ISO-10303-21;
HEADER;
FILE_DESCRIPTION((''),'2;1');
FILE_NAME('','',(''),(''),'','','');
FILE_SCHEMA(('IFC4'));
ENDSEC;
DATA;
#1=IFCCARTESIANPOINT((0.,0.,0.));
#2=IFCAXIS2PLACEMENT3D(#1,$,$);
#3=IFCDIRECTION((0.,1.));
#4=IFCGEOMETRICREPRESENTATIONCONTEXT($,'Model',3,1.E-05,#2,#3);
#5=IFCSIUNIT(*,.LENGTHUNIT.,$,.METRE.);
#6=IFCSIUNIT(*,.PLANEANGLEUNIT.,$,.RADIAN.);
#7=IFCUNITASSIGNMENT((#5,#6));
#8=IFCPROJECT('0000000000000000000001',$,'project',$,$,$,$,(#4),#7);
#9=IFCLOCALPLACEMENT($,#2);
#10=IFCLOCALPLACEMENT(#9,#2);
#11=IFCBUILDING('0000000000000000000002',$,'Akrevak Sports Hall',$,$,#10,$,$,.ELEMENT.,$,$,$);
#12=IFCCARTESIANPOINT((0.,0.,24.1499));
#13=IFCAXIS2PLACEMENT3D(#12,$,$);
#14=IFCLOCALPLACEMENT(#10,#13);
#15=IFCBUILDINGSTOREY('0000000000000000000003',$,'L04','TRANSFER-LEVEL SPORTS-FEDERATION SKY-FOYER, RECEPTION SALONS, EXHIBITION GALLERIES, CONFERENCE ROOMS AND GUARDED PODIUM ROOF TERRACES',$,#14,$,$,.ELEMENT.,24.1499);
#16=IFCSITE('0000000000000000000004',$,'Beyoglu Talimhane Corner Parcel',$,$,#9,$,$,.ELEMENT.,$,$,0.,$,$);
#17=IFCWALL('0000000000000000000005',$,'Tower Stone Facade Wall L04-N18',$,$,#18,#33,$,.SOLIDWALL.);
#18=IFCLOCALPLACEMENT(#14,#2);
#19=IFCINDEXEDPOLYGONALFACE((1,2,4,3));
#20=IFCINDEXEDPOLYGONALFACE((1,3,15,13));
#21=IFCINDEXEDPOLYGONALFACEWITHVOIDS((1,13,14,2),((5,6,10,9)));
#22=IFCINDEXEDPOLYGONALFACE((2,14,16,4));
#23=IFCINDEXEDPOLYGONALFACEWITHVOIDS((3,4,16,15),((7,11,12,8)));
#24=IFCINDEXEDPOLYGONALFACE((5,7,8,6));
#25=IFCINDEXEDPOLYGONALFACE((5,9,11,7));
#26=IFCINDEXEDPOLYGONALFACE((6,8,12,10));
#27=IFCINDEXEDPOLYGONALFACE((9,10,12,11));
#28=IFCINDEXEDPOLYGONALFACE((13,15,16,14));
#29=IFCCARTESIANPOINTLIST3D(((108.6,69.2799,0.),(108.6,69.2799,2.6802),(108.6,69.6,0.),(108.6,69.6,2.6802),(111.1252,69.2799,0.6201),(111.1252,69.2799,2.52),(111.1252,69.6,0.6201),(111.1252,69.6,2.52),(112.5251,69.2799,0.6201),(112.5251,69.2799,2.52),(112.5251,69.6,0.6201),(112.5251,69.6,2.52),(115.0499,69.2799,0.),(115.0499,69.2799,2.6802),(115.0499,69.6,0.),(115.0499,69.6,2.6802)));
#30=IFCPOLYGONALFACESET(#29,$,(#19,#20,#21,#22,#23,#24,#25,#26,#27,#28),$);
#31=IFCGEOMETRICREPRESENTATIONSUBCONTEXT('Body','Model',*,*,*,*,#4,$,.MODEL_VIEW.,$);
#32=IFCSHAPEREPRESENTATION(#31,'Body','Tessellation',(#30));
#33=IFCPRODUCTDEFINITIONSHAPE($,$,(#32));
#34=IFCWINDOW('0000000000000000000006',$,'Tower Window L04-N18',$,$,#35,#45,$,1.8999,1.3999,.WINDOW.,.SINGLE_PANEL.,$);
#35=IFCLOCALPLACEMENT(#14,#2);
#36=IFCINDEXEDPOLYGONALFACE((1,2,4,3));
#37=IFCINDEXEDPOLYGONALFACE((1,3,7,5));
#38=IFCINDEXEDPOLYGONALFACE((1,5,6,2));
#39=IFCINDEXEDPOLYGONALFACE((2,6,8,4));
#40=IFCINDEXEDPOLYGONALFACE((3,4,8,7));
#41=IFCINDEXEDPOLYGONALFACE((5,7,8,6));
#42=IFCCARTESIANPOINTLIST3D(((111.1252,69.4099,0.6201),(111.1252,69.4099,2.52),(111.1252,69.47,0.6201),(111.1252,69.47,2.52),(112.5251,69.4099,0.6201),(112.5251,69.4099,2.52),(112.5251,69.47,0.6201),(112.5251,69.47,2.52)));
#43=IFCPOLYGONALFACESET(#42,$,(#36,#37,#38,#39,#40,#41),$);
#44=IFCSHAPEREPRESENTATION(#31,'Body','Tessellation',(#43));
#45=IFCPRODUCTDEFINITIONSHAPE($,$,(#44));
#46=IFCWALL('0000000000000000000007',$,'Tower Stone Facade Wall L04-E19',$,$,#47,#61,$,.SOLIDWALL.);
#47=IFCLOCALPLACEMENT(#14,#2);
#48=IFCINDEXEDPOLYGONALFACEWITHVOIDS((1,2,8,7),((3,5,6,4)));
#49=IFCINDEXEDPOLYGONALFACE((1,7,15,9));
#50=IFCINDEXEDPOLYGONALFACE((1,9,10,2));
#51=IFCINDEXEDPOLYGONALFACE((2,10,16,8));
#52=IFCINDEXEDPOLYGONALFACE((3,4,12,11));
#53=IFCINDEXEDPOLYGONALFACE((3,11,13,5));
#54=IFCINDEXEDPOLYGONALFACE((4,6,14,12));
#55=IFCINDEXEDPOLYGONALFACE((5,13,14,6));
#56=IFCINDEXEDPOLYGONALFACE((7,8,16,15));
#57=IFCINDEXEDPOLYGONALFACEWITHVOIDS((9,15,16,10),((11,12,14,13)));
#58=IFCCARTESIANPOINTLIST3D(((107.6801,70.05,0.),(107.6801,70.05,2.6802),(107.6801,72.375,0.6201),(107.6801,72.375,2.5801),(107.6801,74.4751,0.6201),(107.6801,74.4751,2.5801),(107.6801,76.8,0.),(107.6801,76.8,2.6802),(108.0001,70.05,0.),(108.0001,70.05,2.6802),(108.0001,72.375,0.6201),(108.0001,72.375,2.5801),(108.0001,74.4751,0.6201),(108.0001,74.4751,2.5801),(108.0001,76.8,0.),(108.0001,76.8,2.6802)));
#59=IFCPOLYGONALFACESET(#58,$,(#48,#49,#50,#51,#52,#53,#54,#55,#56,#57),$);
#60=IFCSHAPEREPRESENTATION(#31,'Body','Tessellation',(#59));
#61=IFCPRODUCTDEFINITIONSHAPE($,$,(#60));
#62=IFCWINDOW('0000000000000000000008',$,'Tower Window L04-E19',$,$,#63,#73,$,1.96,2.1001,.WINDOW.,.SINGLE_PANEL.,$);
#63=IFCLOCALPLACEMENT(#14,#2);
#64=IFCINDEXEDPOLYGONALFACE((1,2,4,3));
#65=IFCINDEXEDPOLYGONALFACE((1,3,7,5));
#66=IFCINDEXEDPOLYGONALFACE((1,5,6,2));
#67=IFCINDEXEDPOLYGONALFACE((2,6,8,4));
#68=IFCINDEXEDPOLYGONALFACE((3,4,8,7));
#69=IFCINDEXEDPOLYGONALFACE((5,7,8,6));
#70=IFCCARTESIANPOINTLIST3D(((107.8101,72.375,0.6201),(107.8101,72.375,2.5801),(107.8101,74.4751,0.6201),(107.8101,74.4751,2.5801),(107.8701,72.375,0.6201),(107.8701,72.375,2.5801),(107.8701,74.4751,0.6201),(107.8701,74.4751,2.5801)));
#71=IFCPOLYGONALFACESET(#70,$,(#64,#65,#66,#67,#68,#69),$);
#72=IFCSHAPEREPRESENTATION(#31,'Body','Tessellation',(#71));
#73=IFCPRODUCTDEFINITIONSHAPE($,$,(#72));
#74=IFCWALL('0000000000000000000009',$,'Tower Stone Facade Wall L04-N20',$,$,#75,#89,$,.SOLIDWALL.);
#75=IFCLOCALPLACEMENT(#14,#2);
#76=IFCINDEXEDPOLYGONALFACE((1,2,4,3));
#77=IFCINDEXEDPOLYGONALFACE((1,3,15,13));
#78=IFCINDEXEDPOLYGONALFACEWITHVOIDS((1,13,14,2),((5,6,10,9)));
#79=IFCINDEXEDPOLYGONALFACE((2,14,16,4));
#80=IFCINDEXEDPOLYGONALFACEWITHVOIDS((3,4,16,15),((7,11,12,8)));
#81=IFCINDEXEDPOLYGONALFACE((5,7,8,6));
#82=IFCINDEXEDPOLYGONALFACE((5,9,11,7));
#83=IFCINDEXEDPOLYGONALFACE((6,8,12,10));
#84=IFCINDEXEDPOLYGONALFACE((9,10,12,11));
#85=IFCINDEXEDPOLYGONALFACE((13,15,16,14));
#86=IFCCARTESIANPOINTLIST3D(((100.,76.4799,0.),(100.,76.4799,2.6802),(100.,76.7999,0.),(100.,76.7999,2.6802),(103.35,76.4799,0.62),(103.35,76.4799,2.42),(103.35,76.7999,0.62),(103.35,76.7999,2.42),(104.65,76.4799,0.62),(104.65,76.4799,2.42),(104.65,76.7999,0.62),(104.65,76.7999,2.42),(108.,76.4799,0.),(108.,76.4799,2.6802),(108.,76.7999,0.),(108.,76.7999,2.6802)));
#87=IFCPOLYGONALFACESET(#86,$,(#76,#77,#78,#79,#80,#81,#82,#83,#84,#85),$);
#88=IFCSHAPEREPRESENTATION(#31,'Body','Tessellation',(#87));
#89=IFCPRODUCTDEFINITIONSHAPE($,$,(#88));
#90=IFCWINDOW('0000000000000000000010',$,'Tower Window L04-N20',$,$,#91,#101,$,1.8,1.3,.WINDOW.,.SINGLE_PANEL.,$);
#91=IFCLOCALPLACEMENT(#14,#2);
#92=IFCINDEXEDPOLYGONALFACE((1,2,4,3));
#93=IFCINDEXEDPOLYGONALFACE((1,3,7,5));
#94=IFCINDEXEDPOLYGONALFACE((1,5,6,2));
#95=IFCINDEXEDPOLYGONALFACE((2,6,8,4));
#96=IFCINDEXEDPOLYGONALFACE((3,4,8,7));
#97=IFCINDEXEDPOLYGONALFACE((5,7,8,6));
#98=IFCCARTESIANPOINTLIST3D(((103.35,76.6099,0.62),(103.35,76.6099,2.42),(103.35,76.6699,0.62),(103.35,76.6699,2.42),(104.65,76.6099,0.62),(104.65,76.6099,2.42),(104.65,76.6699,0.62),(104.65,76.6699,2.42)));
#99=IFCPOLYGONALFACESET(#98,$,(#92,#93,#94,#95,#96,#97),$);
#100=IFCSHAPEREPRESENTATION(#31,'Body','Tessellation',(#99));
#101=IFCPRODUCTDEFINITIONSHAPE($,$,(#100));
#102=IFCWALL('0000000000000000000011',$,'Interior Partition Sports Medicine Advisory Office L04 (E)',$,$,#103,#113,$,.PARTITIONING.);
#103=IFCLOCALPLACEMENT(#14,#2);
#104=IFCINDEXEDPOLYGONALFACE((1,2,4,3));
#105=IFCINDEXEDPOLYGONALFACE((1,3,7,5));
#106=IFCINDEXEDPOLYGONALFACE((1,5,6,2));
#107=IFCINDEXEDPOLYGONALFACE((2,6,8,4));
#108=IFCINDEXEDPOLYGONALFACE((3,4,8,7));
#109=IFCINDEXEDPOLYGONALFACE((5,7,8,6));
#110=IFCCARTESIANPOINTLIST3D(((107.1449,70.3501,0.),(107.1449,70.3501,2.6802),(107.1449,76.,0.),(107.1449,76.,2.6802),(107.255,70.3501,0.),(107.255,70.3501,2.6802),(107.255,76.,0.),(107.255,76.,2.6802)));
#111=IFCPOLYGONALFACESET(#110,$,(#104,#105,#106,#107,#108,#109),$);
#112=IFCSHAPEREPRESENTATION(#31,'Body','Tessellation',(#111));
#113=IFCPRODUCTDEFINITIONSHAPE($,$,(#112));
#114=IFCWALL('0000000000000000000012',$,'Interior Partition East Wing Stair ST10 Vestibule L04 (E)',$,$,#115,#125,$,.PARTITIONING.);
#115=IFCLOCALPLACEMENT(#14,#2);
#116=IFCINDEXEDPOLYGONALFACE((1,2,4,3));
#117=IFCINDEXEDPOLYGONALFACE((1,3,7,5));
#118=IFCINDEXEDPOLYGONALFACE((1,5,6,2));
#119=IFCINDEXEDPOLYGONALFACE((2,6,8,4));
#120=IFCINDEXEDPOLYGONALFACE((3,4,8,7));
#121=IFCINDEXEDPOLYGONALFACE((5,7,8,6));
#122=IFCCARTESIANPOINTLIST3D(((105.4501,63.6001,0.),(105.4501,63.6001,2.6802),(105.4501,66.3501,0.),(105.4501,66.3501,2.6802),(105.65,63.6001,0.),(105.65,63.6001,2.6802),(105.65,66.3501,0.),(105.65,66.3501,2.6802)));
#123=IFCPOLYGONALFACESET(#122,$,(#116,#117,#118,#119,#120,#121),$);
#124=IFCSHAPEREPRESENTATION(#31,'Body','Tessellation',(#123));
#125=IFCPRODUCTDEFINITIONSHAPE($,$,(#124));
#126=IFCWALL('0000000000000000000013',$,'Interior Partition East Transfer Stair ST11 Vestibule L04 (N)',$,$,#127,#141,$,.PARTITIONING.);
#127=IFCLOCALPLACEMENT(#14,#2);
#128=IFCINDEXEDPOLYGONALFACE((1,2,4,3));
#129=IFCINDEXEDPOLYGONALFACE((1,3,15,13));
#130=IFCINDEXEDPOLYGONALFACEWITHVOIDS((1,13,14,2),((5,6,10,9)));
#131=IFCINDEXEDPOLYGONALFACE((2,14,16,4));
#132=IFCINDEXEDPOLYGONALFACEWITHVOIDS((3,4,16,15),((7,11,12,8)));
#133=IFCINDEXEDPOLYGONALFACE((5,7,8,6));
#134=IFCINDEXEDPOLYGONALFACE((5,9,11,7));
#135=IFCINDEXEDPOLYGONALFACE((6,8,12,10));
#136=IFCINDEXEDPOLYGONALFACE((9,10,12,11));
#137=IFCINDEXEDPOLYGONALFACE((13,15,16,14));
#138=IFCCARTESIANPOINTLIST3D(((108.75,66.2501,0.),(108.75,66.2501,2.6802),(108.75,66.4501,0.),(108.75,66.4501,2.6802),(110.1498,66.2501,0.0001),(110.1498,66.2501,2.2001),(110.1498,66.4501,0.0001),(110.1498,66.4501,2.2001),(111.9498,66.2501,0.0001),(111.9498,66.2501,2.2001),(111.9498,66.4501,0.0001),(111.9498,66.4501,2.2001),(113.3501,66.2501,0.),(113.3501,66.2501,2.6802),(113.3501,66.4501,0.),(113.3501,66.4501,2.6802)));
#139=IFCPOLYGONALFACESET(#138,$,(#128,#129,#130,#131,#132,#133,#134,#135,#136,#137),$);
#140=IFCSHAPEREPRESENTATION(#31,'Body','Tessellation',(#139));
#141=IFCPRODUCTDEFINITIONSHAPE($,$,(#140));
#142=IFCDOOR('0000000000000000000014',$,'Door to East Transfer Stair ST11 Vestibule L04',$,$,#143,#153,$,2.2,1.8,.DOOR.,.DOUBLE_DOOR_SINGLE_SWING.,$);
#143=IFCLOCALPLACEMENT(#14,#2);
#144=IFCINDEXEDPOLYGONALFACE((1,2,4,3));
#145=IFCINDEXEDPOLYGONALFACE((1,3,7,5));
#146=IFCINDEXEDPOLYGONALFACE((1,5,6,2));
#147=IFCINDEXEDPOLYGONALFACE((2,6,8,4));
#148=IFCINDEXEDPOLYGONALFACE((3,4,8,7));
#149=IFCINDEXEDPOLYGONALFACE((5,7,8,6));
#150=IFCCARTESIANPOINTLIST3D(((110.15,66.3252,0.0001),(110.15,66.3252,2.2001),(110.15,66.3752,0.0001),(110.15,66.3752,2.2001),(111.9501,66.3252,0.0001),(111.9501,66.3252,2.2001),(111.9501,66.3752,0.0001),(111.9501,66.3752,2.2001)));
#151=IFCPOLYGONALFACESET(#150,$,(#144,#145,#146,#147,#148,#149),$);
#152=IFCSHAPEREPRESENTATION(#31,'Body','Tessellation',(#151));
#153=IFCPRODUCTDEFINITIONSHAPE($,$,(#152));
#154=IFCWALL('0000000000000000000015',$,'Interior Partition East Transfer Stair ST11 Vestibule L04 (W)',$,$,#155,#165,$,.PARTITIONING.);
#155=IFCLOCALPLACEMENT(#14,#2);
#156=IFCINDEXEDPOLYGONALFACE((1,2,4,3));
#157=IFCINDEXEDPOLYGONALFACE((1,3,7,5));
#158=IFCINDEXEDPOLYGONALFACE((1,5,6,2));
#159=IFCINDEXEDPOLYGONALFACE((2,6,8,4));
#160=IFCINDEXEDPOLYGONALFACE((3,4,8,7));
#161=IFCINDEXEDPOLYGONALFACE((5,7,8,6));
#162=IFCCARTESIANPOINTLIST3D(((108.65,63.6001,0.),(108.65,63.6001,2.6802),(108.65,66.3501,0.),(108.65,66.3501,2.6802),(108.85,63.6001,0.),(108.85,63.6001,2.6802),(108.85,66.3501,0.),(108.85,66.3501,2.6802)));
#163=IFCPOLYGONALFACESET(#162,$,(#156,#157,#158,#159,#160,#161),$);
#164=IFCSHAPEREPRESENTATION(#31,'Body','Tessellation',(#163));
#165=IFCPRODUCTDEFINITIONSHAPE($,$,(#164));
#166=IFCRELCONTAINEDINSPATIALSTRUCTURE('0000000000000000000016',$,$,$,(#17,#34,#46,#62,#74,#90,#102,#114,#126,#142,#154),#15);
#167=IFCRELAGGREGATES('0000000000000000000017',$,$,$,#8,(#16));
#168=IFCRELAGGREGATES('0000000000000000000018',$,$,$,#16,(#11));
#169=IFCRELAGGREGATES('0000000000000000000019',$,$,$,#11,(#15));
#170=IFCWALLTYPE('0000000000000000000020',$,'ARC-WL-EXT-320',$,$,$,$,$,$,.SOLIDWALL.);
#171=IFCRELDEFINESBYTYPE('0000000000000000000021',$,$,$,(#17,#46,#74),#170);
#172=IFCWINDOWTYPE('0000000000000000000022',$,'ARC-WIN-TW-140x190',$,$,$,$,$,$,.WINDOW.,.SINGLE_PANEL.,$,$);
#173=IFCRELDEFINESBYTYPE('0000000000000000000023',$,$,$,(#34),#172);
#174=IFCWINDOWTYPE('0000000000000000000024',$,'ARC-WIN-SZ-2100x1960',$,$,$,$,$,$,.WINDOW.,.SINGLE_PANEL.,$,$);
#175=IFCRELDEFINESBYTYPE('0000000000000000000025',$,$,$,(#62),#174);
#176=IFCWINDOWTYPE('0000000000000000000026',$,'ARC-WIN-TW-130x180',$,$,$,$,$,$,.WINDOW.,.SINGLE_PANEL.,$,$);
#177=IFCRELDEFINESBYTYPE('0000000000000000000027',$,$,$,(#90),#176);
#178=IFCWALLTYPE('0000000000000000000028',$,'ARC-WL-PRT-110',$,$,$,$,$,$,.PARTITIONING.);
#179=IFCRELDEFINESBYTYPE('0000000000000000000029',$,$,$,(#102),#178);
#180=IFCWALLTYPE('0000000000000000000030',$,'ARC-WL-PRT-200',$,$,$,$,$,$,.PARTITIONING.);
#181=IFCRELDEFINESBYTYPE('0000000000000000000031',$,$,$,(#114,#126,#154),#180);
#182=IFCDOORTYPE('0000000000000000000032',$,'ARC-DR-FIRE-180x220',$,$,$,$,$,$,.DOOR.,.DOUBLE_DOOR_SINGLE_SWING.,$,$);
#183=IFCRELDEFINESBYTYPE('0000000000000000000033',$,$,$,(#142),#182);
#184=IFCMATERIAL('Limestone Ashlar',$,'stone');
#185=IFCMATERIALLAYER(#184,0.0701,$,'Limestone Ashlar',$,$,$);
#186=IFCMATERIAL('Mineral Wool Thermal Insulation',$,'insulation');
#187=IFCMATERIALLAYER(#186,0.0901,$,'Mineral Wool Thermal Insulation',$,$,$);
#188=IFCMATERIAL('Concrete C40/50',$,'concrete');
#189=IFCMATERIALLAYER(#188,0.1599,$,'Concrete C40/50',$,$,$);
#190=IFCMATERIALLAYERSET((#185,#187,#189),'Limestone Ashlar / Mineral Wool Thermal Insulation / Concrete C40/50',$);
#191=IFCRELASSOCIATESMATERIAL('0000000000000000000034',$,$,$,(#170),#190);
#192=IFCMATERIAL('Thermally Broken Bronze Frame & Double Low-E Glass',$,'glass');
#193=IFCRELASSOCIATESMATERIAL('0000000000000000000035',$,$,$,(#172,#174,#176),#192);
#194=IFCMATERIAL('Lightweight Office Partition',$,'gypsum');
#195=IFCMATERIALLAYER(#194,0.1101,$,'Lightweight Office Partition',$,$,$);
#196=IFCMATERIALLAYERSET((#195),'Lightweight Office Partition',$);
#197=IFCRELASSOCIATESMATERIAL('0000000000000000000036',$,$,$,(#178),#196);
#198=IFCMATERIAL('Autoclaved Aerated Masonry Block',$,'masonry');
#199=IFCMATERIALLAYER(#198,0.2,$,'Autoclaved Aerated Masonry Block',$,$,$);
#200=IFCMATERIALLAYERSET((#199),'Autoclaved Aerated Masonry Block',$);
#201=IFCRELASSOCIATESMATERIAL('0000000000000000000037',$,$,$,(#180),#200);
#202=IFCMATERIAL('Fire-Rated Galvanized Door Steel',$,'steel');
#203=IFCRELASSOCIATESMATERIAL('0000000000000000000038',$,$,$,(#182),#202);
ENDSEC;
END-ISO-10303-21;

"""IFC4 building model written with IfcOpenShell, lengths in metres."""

from ifc_helpers import new_model, si_unit, direction, frame, frame_2d, origin, place, context, subcontext, project, spatial, rectangle, extrude, material, layer, layer_set, type_object, element, fill, save


model = new_model("IFC4")

# Units and contexts
model_context = context("Model", 3, precision=1e-05, world=origin(), true_north=direction((0.0, 1.0)))
body_context = subcontext(model_context, "Body", "Model", "MODEL_VIEW")
ifc_project = project(units=[si_unit("LENGTHUNIT", "METRE"), si_unit("PLANEANGLEUNIT", "RADIAN")], contexts=[model_context])

# Site, building, storey
site_placement = place(None, origin())
site = spatial("IfcSite", under=ifc_project, at=site_placement, Name="Beyoglu Talimhane Corner Parcel", CompositionType="ELEMENT", RefElevation=0.0)
building_placement = place(site_placement, origin())
building = spatial("IfcBuilding", under=site, at=building_placement, Name="Akrevak Sports Hall", CompositionType="ELEMENT")
storey_placement = place(building_placement, frame((0.0, 0.0, 24.1499)))
storey = spatial("IfcBuildingStorey", under=building, at=storey_placement, Name="L04", Description="TRANSFER-LEVEL SPORTS-FEDERATION SKY-FOYER, RECEPTION SALONS, EXHIBITION GALLERIES, CONFERENCE ROOMS AND GUARDED PODIUM ROOF TERRACES", CompositionType="ELEMENT", Elevation=24.1499)

# Shared definitions
ifc_material_1 = material(Name="Concrete C40/50", Category="concrete")

# Walls, openings, windows
ifc_material_2 = material(Name="Limestone Ashlar", Category="stone")
ifc_layer_1 = layer(ifc_material_2, 0.0701, Name="Limestone Ashlar")
ifc_material_3 = material(Name="Mineral Wool Thermal Insulation", Category="insulation")
ifc_layer_2 = layer(ifc_material_3, 0.0901, Name="Mineral Wool Thermal Insulation")
ifc_layer_3 = layer(ifc_material_1, 0.1599, Name="Concrete C40/50")
ifc_layer_set_1 = layer_set([ifc_layer_1, ifc_layer_2, ifc_layer_3], Name="Limestone Ashlar / Mineral Wool Thermal Insulation / Concrete C40/50")
wall_type_1 = type_object("IfcWallType", Name="ARC-WL-EXT-320", PredefinedType="SOLIDWALL", material=ifc_layer_set_1)
wall_1_placement = place(storey_placement, frame((115.05, 69.4399, 0.0), z_axis=(0.0, 0.0, 1.0), x_axis=(-1.0, 0.0, 0.0)))
wall_1 = element("IfcWall", 1, at=wall_1_placement, inside=storey, type_object=wall_type_1, Name="Tower Stone Facade Wall L04-N18", PredefinedType="SOLIDWALL", context=body_context, shape_type="SweptSolid", body=[
    extrude(rectangle(XDim=6.45, YDim=0.3201, at=frame_2d((3.2251, 0.0))), origin(), (0.0, 0.0, 1.0), 2.6802),
])
opening_1_placement = place(wall_1_placement, frame((2.5249, 0.0, 0.6201)))
opening_1 = element("IfcOpeningElement", 2, at=opening_1_placement, cuts=wall_1, PredefinedType="OPENING", context=body_context, shape_type="SweptSolid", body=[
    extrude(rectangle(XDim=1.3999, YDim=1.8999, at=frame_2d((0.7, 0.95))), frame((0.0, 0.1719, 0.0), z_axis=(0.0, -1.0, 0.0), x_axis=(1.0, 0.0, 0.0)), (0.0, 0.0, 1.0), 0.344),
])
ifc_material_4 = material(Name="Thermally Broken Bronze Frame & Double Low-E Glass", Category="glass")
window_type_1 = type_object("IfcWindowType", Name="ARC-WIN-TW-140x190", PartitioningType="SINGLE_PANEL", PredefinedType="WINDOW", material=ifc_material_4)
window_1_placement = place(opening_1_placement, origin())
window_1 = element("IfcWindow", 3, at=window_1_placement, inside=storey, type_object=window_type_1, Name="Tower Window L04-N18", OverallHeight=1.8999, OverallWidth=1.3999, PartitioningType="SINGLE_PANEL", PredefinedType="WINDOW", context=body_context, shape_type="SweptSolid", body=[
    extrude(rectangle(XDim=1.3999, YDim=1.8999, at=frame_2d((0.7, 0.95))), frame((0.0, 0.03, 0.0), z_axis=(0.0, -1.0, 0.0), x_axis=(1.0, 0.0, 0.0)), (0.0, 0.0, 1.0), 0.0601),
])
fill(opening_1, window_1)
wall_2_placement = place(storey_placement, frame((107.8401, 70.05, 0.0), z_axis=(0.0, 0.0, 1.0), x_axis=(0.0, 1.0, 0.0)))
wall_2 = element("IfcWall", 4, at=wall_2_placement, inside=storey, type_object=wall_type_1, Name="Tower Stone Facade Wall L04-E19", PredefinedType="SOLIDWALL", context=body_context, shape_type="SweptSolid", body=[
    extrude(rectangle(XDim=6.75, YDim=0.3201, at=frame_2d((3.375, 0.0))), origin(), (0.0, 0.0, 1.0), 2.6802),
])
opening_2_placement = place(wall_2_placement, frame((2.325, 0.0, 0.6201)))
opening_2 = element("IfcOpeningElement", 5, at=opening_2_placement, cuts=wall_2, PredefinedType="OPENING", context=body_context, shape_type="SweptSolid", body=[
    extrude(rectangle(XDim=2.1001, YDim=1.96, at=frame_2d((1.05, 0.98))), frame((0.0, 0.1719, 0.0), z_axis=(0.0, -1.0, 0.0), x_axis=(1.0, 0.0, 0.0)), (0.0, 0.0, 1.0), 0.344),
])
window_type_2 = type_object("IfcWindowType", Name="ARC-WIN-SZ-2100x1960", PartitioningType="SINGLE_PANEL", PredefinedType="WINDOW", material=ifc_material_4)
window_2_placement = place(opening_2_placement, origin())
window_2 = element("IfcWindow", 6, at=window_2_placement, inside=storey, type_object=window_type_2, Name="Tower Window L04-E19", OverallHeight=1.96, OverallWidth=2.1001, PartitioningType="SINGLE_PANEL", PredefinedType="WINDOW", context=body_context, shape_type="SweptSolid", body=[
    extrude(rectangle(XDim=2.1001, YDim=1.96, at=frame_2d((1.05, 0.98))), frame((0.0, 0.03, 0.0), z_axis=(0.0, -1.0, 0.0), x_axis=(1.0, 0.0, 0.0)), (0.0, 0.0, 1.0), 0.0601),
])
fill(opening_2, window_2)
wall_3_placement = place(storey_placement, frame((108.0, 76.6399, 0.0), z_axis=(0.0, 0.0, 1.0), x_axis=(-1.0, 0.0, 0.0)))
wall_3 = element("IfcWall", 7, at=wall_3_placement, inside=storey, type_object=wall_type_1, Name="Tower Stone Facade Wall L04-N20", PredefinedType="SOLIDWALL", context=body_context, shape_type="SweptSolid", body=[
    extrude(rectangle(XDim=8.0, YDim=0.3201, at=frame_2d((4.0, 0.0))), origin(), (0.0, 0.0, 1.0), 2.6802),
])
opening_3_placement = place(wall_3_placement, frame((3.3501, 0.0, 0.6201)))
opening_3 = element("IfcOpeningElement", 8, at=opening_3_placement, cuts=wall_3, PredefinedType="OPENING", context=body_context, shape_type="SweptSolid", body=[
    extrude(rectangle(XDim=1.3, YDim=1.8, at=frame_2d((0.6499, 0.8999))), frame((0.0, 0.1719, 0.0), z_axis=(0.0, -1.0, 0.0), x_axis=(1.0, 0.0, 0.0)), (0.0, 0.0, 1.0), 0.344),
])
window_type_3 = type_object("IfcWindowType", Name="ARC-WIN-TW-130x180", PartitioningType="SINGLE_PANEL", PredefinedType="WINDOW", material=ifc_material_4)
window_3_placement = place(opening_3_placement, origin())
window_3 = element("IfcWindow", 9, at=window_3_placement, inside=storey, type_object=window_type_3, Name="Tower Window L04-N20", OverallHeight=1.8, OverallWidth=1.3, PartitioningType="SINGLE_PANEL", PredefinedType="WINDOW", context=body_context, shape_type="SweptSolid", body=[
    extrude(rectangle(XDim=1.3, YDim=1.8, at=frame_2d((0.6499, 0.8999))), frame((0.0, 0.03, 0.0), z_axis=(0.0, -1.0, 0.0), x_axis=(1.0, 0.0, 0.0)), (0.0, 0.0, 1.0), 0.0601),
])
fill(opening_3, window_3)

# Walls
ifc_material_5 = material(Name="Lightweight Office Partition", Category="gypsum")
ifc_layer_4 = layer(ifc_material_5, 0.1101, Name="Lightweight Office Partition")
ifc_layer_set_2 = layer_set([ifc_layer_4], Name="Lightweight Office Partition")
wall_type_2 = type_object("IfcWallType", Name="ARC-WL-PRT-110", PredefinedType="PARTITIONING", material=ifc_layer_set_2)
wall_4_placement = place(storey_placement, frame((107.2, 70.3501, 0.0), z_axis=(0.0, 0.0, 1.0), x_axis=(0.0, 1.0, 0.0)))
element("IfcWall", 10, at=wall_4_placement, inside=storey, type_object=wall_type_2, Name="Interior Partition Sports Medicine Advisory Office L04 (E)", PredefinedType="PARTITIONING", context=body_context, shape_type="SweptSolid", body=[
    extrude(rectangle(XDim=5.6499, YDim=0.1101, at=frame_2d((2.825, 0.0))), origin(), (0.0, 0.0, 1.0), 2.6802),
])
ifc_material_6 = material(Name="Autoclaved Aerated Masonry Block", Category="masonry")
ifc_layer_5 = layer(ifc_material_6, 0.2, Name="Autoclaved Aerated Masonry Block")
ifc_layer_set_3 = layer_set([ifc_layer_5], Name="Autoclaved Aerated Masonry Block")
wall_type_3 = type_object("IfcWallType", Name="ARC-WL-PRT-200", PredefinedType="PARTITIONING", material=ifc_layer_set_3)
wall_5_placement = place(storey_placement, frame((105.55, 63.6001, 0.0), z_axis=(0.0, 0.0, 1.0), x_axis=(0.0, 1.0, 0.0)))
element("IfcWall", 11, at=wall_5_placement, inside=storey, type_object=wall_type_3, Name="Interior Partition East Wing Stair ST10 Vestibule L04 (E)", PredefinedType="PARTITIONING", context=body_context, shape_type="SweptSolid", body=[
    extrude(rectangle(XDim=2.75, YDim=0.2, at=frame_2d((1.375, 0.0))), origin(), (0.0, 0.0, 1.0), 2.6802),
])

# Wall, opening, door
wall_6_placement = place(storey_placement, frame((108.75, 66.3501, 0.0), z_axis=(0.0, 0.0, 1.0), x_axis=(1.0, 0.0, 0.0)))
wall_6 = element("IfcWall", 12, at=wall_6_placement, inside=storey, type_object=wall_type_3, Name="Interior Partition East Transfer Stair ST11 Vestibule L04 (N)", PredefinedType="PARTITIONING", context=body_context, shape_type="SweptSolid", body=[
    extrude(rectangle(XDim=4.6001, YDim=0.2, at=frame_2d((2.3, 0.0))), origin(), (0.0, 0.0, 1.0), 2.6802),
])
opening_4_placement = place(wall_6_placement, frame((1.3999, 0.0, 0.0)))
opening_4 = element("IfcOpeningElement", 13, at=opening_4_placement, cuts=wall_6, PredefinedType="OPENING", context=body_context, shape_type="SweptSolid", body=[
    extrude(rectangle(XDim=1.8, YDim=2.2, at=frame_2d((0.8999, 1.1001))), frame((0.0, 0.1118, 0.0), z_axis=(0.0, -1.0, 0.0), x_axis=(1.0, 0.0, 0.0)), (0.0, 0.0, 1.0), 0.2239),
])
ifc_material_7 = material(Name="Fire-Rated Galvanized Door Steel", Category="steel")
door_type_1 = type_object("IfcDoorType", Name="ARC-DR-FIRE-180x220", OperationType="DOUBLE_DOOR_SINGLE_SWING", PredefinedType="DOOR", material=ifc_material_7)
door_1_placement = place(opening_4_placement, frame((1.8, 0.0, 0.0), z_axis=(0.0, 0.0, 1.0), x_axis=(-1.0, 0.0, 0.0)))
door_1 = element("IfcDoor", 14, at=door_1_placement, inside=storey, type_object=door_type_1, Name="Door to East Transfer Stair ST11 Vestibule L04", OperationType="DOUBLE_DOOR_SINGLE_SWING", OverallHeight=2.2, OverallWidth=1.8, PredefinedType="DOOR", context=body_context, shape_type="SweptSolid", body=[
    extrude(rectangle(XDim=1.8, YDim=2.2, at=frame_2d((0.8999, 1.1001))), frame((0.0, 0.0249, 0.0), z_axis=(0.0, -1.0, 0.0), x_axis=(1.0, 0.0, 0.0)), (0.0, 0.0, 1.0), 0.05),
])
fill(opening_4, door_1)

# Wall
for number, where, z_axis, x_axis, name in (
    (15, (108.75, 63.6001, 0.0), (0.0, 0.0, 1.0), (0.0, 1.0, 0.0), "Interior Partition East Transfer Stair ST11 Vestibule L04 (W)"),
):
    element("IfcWall", number, at=place(storey_placement, frame(where, z_axis=z_axis, x_axis=x_axis)), inside=storey, type_object=wall_type_3, Name=name, PredefinedType="PARTITIONING", context=body_context, shape_type="SweptSolid", body=[
        extrude(rectangle(XDim=2.75, YDim=0.2, at=frame_2d((1.375, 0.0))), origin(), (0.0, 0.0, 1.0), 2.6802),
    ])

save(model, "model.ifc")
